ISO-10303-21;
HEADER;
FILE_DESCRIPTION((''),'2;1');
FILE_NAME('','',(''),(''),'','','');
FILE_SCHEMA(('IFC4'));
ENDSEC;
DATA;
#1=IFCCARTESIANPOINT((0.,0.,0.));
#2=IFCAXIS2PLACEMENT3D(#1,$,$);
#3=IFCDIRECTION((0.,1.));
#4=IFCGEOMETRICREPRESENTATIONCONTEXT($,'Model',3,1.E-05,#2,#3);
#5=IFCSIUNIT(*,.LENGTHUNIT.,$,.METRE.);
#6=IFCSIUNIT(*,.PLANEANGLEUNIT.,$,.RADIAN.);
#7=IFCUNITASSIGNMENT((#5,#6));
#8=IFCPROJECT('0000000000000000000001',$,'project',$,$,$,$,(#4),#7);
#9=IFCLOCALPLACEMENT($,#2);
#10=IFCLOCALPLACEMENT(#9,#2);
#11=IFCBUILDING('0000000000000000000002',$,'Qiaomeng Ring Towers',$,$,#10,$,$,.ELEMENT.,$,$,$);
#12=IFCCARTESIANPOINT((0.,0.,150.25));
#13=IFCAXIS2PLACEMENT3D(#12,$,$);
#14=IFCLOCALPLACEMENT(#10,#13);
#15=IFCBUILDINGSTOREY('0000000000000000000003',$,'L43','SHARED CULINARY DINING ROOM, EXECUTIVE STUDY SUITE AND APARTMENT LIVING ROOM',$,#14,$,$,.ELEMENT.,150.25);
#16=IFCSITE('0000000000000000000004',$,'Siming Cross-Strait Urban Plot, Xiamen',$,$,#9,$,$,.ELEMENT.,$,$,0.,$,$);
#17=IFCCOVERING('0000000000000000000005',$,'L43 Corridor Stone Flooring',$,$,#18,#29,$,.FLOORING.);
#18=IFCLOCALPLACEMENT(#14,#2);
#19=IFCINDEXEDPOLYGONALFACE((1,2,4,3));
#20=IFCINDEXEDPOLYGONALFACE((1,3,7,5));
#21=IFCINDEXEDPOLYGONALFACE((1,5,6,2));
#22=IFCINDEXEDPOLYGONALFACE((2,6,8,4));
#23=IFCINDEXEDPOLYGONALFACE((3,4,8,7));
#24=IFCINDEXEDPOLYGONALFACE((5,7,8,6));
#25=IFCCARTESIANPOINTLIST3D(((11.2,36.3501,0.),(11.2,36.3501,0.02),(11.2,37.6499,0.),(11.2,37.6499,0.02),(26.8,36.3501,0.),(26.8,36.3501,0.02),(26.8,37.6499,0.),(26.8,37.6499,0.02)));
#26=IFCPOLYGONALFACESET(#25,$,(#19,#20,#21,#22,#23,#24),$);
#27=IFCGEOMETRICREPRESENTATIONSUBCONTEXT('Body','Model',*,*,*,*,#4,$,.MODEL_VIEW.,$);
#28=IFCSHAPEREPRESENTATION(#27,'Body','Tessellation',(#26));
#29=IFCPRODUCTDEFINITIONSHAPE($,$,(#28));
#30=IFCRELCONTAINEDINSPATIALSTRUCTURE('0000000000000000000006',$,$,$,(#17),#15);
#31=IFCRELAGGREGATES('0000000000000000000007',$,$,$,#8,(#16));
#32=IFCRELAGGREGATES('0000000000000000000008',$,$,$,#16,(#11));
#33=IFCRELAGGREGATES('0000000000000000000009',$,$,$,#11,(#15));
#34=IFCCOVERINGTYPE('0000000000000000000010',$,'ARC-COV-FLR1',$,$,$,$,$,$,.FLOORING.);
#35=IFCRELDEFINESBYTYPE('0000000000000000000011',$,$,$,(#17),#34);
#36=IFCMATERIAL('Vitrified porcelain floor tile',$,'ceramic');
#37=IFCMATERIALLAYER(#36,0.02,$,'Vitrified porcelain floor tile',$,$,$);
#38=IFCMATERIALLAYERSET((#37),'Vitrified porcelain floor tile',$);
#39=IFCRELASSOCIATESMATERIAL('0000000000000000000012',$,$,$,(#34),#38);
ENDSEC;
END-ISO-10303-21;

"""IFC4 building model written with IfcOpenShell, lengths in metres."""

from ifc_helpers import new_model, si_unit, direction, frame, origin, place, context, subcontext, project, spatial, polyline, outline, extrude, material, layer, layer_set, type_object, element, save


model = new_model("IFC4")

# Units and contexts
model_context = context("Model", 3, precision=1e-05, world=origin(), true_north=direction((0.0, 1.0)))
body_context = subcontext(model_context, "Body", "Model", "MODEL_VIEW")
ifc_project = project(units=[si_unit("LENGTHUNIT", "METRE"), si_unit("PLANEANGLEUNIT", "RADIAN")], contexts=[model_context])

# Site, building, storey
site_placement = place(None, origin())
site = spatial("IfcSite", under=ifc_project, at=site_placement, Name="Siming Cross-Strait Urban Plot, Xiamen", CompositionType="ELEMENT", RefElevation=0.0)
building_placement = place(site_placement, origin())
building = spatial("IfcBuilding", under=site, at=building_placement, Name="Qiaomeng Ring Towers", CompositionType="ELEMENT")
storey_placement = place(building_placement, frame((0.0, 0.0, 150.25)))
storey = spatial("IfcBuildingStorey", under=building, at=storey_placement, Name="L43", Description="SHARED CULINARY DINING ROOM, EXECUTIVE STUDY SUITE AND APARTMENT LIVING ROOM", CompositionType="ELEMENT", Elevation=150.25)

# Covering
ifc_material_1 = material(Name="Vitrified porcelain floor tile", Category="ceramic")
ifc_layer_1 = layer(ifc_material_1, 0.02, Name="Vitrified porcelain floor tile")
ifc_layer_set_1 = layer_set([ifc_layer_1], Name="Vitrified porcelain floor tile")
covering_type_1 = type_object("IfcCoveringType", Name="ARC-COV-FLR1", PredefinedType="FLOORING", material=ifc_layer_set_1)
covering_1_placement = place(storey_placement, origin())
element("IfcCovering", 1, at=covering_1_placement, inside=storey, type_object=covering_type_1, Name="L43 Corridor Stone Flooring", PredefinedType="FLOORING", context=body_context, shape_type="SweptSolid", body=[
    extrude(outline(polyline([(11.2, 36.3501), (11.2, 37.6499), (26.8, 37.6499), (26.8, 36.3501), (11.2, 36.3501)])), origin(), (0.0, 0.0, 1.0), 0.02),
])

save(model, "model.ifc")
